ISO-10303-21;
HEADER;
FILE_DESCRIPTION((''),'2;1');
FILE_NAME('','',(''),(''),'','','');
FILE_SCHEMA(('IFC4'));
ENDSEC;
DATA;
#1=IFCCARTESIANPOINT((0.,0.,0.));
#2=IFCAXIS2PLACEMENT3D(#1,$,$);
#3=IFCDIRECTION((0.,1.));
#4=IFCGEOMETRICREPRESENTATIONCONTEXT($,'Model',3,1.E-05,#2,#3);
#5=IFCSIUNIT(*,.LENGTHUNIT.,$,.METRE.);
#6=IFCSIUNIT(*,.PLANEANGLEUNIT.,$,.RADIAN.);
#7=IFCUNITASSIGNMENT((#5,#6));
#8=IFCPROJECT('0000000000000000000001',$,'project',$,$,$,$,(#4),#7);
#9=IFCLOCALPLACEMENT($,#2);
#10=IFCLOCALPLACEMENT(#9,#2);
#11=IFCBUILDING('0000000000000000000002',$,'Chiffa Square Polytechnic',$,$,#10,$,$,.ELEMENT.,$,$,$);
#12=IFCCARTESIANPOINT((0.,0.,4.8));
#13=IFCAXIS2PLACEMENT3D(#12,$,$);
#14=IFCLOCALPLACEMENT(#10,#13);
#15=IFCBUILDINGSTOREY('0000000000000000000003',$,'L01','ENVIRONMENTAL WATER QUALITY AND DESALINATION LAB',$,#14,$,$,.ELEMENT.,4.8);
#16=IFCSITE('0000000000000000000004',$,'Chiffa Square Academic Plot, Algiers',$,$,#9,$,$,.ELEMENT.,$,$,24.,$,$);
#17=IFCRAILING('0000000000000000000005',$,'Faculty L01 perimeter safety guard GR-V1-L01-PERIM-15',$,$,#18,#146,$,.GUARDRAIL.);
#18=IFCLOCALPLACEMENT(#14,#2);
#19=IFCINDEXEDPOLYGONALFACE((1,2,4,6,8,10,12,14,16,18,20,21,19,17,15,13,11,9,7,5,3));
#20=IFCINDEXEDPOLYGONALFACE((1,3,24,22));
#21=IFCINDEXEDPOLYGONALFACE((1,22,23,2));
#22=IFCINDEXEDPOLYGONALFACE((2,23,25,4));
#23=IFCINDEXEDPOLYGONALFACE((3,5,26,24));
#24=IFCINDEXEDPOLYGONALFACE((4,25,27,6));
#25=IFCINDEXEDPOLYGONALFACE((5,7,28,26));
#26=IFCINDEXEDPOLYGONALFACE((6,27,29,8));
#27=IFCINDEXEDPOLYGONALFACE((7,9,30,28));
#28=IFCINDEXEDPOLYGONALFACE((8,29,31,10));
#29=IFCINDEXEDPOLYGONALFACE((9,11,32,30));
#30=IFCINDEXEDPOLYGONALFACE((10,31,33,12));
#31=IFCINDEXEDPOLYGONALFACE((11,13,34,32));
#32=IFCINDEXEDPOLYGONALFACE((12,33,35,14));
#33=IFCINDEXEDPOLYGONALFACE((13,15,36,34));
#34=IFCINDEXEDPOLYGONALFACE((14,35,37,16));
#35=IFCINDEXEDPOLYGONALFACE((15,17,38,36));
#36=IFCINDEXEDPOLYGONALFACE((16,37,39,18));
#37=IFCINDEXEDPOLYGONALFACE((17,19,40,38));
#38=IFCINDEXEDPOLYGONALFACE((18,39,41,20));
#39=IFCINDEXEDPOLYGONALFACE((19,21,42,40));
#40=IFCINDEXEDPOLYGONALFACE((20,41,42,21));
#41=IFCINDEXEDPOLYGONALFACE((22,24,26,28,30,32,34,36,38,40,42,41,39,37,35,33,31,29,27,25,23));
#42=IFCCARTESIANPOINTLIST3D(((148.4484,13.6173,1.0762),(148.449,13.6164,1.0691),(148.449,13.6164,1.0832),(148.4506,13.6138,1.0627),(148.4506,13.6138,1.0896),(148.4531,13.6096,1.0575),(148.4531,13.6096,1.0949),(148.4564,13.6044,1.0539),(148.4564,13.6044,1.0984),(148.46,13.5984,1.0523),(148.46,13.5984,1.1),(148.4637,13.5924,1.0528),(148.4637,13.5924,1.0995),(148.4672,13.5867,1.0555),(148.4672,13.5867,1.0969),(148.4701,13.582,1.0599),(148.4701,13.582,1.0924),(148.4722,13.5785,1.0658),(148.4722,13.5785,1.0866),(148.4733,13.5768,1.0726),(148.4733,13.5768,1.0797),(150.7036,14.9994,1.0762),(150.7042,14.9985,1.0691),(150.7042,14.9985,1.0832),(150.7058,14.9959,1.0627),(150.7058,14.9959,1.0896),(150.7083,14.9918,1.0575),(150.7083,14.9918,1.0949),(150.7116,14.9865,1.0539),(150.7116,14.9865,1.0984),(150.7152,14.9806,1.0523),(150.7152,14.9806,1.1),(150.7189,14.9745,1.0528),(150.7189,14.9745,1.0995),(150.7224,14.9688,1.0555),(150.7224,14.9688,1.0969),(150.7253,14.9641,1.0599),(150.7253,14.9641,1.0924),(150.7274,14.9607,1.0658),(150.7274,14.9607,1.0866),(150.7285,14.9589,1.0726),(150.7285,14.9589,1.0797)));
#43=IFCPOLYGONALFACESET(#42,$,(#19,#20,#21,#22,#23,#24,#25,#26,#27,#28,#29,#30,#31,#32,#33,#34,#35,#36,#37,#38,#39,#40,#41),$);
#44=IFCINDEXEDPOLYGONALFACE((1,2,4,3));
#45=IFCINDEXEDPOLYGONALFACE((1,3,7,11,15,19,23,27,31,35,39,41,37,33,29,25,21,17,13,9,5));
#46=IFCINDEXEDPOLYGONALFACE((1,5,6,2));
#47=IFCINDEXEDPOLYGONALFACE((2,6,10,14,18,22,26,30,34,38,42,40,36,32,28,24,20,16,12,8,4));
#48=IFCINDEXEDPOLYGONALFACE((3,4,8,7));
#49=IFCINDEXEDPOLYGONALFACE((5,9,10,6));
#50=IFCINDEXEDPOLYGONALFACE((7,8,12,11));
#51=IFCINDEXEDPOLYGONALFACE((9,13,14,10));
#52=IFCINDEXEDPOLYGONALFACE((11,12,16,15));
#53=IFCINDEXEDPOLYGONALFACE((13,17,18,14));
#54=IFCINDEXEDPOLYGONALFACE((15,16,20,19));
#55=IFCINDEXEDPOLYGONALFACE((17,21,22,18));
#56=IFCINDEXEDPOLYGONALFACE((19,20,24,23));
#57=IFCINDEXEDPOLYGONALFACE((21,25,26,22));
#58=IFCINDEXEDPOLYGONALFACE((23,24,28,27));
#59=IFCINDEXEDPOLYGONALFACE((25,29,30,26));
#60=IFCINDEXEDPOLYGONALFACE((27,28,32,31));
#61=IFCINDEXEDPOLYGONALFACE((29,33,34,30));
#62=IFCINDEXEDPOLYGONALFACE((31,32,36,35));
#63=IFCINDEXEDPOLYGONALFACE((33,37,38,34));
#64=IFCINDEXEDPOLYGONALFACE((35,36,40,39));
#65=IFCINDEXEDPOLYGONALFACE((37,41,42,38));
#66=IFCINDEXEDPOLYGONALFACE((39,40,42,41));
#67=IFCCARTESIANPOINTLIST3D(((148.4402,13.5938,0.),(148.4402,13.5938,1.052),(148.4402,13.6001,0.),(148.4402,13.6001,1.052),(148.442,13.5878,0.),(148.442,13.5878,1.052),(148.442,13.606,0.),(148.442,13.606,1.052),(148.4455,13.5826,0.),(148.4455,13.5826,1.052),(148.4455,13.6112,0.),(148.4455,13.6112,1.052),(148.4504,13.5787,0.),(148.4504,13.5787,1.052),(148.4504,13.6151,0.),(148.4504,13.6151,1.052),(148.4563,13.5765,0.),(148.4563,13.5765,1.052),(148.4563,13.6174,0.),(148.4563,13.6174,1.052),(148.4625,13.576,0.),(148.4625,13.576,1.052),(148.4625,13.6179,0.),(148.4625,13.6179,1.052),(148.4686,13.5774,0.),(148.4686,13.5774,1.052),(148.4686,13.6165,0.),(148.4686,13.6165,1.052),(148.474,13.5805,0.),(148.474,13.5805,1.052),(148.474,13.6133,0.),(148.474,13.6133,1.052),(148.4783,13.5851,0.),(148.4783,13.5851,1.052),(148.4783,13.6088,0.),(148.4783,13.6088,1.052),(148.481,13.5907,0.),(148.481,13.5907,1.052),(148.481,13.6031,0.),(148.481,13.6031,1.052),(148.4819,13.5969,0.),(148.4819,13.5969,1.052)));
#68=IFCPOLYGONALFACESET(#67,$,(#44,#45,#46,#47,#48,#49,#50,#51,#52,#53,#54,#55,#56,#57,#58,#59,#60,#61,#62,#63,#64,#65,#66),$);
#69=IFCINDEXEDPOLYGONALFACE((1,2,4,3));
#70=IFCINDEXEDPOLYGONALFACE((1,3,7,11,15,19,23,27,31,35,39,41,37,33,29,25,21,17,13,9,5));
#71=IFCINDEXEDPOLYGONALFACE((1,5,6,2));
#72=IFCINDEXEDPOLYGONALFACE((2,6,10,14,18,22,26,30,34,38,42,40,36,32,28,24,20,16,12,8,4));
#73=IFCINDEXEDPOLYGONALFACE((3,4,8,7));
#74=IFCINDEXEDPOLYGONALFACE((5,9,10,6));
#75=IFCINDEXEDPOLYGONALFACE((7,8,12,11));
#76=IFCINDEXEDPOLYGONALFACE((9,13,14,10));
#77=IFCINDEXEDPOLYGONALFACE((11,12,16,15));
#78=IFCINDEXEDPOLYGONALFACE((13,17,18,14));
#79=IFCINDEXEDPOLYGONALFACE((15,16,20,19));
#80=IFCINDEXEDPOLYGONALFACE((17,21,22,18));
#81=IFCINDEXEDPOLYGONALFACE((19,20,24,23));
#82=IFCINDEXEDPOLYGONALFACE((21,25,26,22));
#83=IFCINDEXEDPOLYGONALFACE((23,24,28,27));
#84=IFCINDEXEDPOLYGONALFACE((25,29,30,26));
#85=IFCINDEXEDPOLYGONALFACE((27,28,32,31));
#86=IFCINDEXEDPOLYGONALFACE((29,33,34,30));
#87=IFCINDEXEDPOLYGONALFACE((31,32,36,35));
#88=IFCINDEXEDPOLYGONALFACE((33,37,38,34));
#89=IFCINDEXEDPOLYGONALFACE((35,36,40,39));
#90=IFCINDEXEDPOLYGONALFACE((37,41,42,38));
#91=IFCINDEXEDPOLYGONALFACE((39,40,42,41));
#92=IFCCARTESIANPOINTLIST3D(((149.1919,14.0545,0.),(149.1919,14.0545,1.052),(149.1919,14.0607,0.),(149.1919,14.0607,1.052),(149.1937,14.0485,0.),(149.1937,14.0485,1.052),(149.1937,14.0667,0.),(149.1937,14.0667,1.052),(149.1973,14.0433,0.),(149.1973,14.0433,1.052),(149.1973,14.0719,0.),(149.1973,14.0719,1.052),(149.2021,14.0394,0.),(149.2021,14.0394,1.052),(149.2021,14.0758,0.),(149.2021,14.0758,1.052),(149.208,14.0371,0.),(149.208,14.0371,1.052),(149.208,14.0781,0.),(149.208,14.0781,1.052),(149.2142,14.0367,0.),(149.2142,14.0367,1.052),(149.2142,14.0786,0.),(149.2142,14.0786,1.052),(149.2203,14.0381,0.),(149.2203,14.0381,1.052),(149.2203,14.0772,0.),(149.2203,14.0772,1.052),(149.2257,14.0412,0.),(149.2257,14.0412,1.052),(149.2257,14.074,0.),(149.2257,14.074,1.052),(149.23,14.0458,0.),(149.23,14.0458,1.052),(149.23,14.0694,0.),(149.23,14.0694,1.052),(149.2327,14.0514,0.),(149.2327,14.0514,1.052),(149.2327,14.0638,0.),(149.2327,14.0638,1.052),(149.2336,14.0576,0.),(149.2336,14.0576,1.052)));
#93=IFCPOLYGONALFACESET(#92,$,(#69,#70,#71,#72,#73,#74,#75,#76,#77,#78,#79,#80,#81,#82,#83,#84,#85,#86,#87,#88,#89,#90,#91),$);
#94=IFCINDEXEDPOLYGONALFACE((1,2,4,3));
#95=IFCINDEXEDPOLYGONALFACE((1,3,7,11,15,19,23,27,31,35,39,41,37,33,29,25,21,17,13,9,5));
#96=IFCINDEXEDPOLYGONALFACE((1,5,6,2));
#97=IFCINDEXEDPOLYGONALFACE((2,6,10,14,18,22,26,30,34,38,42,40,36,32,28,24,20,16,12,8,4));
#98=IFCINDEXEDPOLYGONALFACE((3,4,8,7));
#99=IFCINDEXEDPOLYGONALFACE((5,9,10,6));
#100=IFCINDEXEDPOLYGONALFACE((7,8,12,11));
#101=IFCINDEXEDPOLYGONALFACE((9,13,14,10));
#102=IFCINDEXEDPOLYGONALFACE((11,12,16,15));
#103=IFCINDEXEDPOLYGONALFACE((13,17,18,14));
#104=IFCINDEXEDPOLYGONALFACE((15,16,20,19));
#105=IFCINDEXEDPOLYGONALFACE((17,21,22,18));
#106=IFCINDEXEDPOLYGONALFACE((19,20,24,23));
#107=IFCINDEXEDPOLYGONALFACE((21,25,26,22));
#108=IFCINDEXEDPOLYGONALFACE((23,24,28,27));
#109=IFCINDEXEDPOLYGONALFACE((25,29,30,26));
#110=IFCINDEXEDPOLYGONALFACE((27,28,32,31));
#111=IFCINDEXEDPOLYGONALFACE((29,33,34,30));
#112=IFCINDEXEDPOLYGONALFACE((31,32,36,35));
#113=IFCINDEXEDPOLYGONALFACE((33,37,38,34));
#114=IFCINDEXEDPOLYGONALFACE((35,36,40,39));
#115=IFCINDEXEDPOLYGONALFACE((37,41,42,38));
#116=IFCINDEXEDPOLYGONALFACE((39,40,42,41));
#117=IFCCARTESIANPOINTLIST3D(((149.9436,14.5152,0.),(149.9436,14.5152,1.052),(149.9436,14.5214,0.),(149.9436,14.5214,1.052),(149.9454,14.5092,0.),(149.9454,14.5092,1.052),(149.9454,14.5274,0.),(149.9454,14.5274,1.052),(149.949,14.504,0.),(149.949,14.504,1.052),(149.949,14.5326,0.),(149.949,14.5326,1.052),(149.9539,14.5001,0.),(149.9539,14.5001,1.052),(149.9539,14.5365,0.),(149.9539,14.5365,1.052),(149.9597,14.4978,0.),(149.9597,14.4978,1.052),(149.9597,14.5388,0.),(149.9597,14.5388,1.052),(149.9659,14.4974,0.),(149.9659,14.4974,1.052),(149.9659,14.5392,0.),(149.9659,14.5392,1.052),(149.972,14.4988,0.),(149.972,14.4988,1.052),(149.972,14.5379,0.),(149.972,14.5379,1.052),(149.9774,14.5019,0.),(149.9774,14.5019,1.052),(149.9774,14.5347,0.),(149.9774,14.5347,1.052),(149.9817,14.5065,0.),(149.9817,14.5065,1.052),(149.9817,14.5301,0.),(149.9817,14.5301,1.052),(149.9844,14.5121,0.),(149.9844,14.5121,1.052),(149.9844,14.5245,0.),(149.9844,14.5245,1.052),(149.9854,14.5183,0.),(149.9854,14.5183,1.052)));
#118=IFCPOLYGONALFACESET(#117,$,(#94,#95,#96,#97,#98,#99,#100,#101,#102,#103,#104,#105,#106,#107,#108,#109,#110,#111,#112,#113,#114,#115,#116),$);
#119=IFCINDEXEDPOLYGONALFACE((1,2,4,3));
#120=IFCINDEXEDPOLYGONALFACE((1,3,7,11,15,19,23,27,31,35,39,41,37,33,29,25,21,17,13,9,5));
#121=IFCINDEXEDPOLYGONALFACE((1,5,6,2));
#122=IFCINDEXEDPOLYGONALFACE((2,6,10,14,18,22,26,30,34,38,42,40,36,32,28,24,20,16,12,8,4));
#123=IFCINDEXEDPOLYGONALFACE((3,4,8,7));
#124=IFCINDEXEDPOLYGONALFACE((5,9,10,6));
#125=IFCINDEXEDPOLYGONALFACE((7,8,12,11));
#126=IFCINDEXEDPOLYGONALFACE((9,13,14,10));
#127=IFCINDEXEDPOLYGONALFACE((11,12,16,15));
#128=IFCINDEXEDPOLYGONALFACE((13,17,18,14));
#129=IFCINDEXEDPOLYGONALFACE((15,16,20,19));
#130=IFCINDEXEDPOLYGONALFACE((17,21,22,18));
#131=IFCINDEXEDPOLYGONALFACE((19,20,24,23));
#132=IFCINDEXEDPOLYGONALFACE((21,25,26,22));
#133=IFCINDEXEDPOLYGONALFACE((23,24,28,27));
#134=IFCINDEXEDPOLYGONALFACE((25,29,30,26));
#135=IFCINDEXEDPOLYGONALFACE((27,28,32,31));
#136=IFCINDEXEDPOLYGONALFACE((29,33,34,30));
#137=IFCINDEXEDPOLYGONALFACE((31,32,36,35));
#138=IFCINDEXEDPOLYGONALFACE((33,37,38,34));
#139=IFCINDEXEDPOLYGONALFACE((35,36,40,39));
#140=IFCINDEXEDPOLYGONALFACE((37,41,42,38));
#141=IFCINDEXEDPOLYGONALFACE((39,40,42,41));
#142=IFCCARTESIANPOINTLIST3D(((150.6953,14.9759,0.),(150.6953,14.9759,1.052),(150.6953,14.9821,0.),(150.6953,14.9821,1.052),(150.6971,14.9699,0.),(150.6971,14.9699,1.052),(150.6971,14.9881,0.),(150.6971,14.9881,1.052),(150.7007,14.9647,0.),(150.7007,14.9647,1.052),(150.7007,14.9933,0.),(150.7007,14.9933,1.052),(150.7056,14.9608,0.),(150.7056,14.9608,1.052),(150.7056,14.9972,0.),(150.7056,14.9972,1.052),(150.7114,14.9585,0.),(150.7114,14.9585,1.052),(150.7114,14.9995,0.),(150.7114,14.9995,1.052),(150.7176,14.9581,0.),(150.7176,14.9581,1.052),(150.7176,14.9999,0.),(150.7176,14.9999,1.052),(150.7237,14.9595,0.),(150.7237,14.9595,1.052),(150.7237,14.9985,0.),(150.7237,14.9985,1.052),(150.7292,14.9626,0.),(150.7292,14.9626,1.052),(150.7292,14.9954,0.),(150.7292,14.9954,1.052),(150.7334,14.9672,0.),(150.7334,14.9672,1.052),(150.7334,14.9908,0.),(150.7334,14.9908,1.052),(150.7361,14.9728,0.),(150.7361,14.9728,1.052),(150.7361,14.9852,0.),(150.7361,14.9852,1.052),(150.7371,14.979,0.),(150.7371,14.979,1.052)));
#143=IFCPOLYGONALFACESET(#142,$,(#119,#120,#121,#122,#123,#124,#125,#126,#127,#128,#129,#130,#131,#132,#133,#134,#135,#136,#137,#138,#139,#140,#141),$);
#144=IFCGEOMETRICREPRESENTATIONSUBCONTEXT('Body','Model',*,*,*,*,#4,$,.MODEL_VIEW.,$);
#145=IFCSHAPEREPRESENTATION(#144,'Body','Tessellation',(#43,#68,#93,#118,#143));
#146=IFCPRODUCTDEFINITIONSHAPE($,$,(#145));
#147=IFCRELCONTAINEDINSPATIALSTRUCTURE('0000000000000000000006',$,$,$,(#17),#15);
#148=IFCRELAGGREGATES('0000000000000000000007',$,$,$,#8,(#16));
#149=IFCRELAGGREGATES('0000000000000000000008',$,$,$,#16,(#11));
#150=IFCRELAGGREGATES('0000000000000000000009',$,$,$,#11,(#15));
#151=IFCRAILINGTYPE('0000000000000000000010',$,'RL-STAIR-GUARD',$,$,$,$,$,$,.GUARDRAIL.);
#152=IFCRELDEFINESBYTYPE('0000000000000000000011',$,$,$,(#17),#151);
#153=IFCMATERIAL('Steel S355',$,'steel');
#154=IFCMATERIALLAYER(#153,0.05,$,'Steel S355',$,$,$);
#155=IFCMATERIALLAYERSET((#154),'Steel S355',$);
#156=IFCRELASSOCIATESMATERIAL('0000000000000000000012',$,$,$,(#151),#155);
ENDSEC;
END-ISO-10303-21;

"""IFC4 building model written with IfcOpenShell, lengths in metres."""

from ifc_helpers import new_model, si_unit, direction, frame, origin, origin_2d, place, context, subcontext, project, spatial, circle, extrude, material, layer, layer_set, type_object, element, save


model = new_model("IFC4")

# Units and contexts
model_context = context("Model", 3, precision=1e-05, world=origin(), true_north=direction((0.0, 1.0)))
body_context = subcontext(model_context, "Body", "Model", "MODEL_VIEW")
ifc_project = project(units=[si_unit("LENGTHUNIT", "METRE"), si_unit("PLANEANGLEUNIT", "RADIAN")], contexts=[model_context])

# Site, building, storey
site_placement = place(None, origin())
site = spatial("IfcSite", under=ifc_project, at=site_placement, Name="Chiffa Square Academic Plot, Algiers", CompositionType="ELEMENT", RefElevation=24.0)
building_placement = place(site_placement, origin())
building = spatial("IfcBuilding", under=site, at=building_placement, Name="Chiffa Square Polytechnic", CompositionType="ELEMENT")
storey_placement = place(building_placement, frame((0.0, 0.0, 4.8)))
storey = spatial("IfcBuildingStorey", under=building, at=storey_placement, Name="L01", Description="ENVIRONMENTAL WATER QUALITY AND DESALINATION LAB", CompositionType="ELEMENT", Elevation=4.8)

# Shared definitions
ifc_material_1 = material(Name="Steel S355", Category="steel")

# Railing
ifc_layer_1 = layer(ifc_material_1, 0.05, Name="Steel S355")
ifc_layer_set_1 = layer_set([ifc_layer_1], Name="Steel S355")
railing_type = type_object("IfcRailingType", Name="RL-STAIR-GUARD", PredefinedType="GUARDRAIL", material=ifc_layer_set_1)
railing_1_placement = place(storey_placement, frame((148.4609, 13.5969, 0.0)))
element("IfcRailing", 1, at=railing_1_placement, inside=storey, type_object=railing_type, Name="Faculty L01 perimeter safety guard GR-V1-L01-PERIM-15", PredefinedType="GUARDRAIL", context=body_context, shape_type="SweptSolid", body=[
    extrude(circle(Radius=0.0239, at=origin_2d()), frame((0.0, 0.0, 1.0762), z_axis=(0.852617, 0.522536, 0.0), x_axis=(-0.522536, 0.852617, 0.0)), (0.0, 0.0, 1.0), 2.645),
    extrude(circle(Radius=0.021, at=origin_2d()), origin(), (0.0, 0.0, 1.0), 1.052),
    extrude(circle(Radius=0.021, at=origin_2d()), frame((0.7517, 0.4607, 0.0)), (0.0, 0.0, 1.0), 1.052),
    extrude(circle(Radius=0.021, at=origin_2d()), frame((1.5034, 0.9214, 0.0)), (0.0, 0.0, 1.0), 1.052),
    extrude(circle(Radius=0.021, at=origin_2d()), frame((2.2551, 1.3821, 0.0)), (0.0, 0.0, 1.0), 1.052),
])

save(model, "model.ifc")
